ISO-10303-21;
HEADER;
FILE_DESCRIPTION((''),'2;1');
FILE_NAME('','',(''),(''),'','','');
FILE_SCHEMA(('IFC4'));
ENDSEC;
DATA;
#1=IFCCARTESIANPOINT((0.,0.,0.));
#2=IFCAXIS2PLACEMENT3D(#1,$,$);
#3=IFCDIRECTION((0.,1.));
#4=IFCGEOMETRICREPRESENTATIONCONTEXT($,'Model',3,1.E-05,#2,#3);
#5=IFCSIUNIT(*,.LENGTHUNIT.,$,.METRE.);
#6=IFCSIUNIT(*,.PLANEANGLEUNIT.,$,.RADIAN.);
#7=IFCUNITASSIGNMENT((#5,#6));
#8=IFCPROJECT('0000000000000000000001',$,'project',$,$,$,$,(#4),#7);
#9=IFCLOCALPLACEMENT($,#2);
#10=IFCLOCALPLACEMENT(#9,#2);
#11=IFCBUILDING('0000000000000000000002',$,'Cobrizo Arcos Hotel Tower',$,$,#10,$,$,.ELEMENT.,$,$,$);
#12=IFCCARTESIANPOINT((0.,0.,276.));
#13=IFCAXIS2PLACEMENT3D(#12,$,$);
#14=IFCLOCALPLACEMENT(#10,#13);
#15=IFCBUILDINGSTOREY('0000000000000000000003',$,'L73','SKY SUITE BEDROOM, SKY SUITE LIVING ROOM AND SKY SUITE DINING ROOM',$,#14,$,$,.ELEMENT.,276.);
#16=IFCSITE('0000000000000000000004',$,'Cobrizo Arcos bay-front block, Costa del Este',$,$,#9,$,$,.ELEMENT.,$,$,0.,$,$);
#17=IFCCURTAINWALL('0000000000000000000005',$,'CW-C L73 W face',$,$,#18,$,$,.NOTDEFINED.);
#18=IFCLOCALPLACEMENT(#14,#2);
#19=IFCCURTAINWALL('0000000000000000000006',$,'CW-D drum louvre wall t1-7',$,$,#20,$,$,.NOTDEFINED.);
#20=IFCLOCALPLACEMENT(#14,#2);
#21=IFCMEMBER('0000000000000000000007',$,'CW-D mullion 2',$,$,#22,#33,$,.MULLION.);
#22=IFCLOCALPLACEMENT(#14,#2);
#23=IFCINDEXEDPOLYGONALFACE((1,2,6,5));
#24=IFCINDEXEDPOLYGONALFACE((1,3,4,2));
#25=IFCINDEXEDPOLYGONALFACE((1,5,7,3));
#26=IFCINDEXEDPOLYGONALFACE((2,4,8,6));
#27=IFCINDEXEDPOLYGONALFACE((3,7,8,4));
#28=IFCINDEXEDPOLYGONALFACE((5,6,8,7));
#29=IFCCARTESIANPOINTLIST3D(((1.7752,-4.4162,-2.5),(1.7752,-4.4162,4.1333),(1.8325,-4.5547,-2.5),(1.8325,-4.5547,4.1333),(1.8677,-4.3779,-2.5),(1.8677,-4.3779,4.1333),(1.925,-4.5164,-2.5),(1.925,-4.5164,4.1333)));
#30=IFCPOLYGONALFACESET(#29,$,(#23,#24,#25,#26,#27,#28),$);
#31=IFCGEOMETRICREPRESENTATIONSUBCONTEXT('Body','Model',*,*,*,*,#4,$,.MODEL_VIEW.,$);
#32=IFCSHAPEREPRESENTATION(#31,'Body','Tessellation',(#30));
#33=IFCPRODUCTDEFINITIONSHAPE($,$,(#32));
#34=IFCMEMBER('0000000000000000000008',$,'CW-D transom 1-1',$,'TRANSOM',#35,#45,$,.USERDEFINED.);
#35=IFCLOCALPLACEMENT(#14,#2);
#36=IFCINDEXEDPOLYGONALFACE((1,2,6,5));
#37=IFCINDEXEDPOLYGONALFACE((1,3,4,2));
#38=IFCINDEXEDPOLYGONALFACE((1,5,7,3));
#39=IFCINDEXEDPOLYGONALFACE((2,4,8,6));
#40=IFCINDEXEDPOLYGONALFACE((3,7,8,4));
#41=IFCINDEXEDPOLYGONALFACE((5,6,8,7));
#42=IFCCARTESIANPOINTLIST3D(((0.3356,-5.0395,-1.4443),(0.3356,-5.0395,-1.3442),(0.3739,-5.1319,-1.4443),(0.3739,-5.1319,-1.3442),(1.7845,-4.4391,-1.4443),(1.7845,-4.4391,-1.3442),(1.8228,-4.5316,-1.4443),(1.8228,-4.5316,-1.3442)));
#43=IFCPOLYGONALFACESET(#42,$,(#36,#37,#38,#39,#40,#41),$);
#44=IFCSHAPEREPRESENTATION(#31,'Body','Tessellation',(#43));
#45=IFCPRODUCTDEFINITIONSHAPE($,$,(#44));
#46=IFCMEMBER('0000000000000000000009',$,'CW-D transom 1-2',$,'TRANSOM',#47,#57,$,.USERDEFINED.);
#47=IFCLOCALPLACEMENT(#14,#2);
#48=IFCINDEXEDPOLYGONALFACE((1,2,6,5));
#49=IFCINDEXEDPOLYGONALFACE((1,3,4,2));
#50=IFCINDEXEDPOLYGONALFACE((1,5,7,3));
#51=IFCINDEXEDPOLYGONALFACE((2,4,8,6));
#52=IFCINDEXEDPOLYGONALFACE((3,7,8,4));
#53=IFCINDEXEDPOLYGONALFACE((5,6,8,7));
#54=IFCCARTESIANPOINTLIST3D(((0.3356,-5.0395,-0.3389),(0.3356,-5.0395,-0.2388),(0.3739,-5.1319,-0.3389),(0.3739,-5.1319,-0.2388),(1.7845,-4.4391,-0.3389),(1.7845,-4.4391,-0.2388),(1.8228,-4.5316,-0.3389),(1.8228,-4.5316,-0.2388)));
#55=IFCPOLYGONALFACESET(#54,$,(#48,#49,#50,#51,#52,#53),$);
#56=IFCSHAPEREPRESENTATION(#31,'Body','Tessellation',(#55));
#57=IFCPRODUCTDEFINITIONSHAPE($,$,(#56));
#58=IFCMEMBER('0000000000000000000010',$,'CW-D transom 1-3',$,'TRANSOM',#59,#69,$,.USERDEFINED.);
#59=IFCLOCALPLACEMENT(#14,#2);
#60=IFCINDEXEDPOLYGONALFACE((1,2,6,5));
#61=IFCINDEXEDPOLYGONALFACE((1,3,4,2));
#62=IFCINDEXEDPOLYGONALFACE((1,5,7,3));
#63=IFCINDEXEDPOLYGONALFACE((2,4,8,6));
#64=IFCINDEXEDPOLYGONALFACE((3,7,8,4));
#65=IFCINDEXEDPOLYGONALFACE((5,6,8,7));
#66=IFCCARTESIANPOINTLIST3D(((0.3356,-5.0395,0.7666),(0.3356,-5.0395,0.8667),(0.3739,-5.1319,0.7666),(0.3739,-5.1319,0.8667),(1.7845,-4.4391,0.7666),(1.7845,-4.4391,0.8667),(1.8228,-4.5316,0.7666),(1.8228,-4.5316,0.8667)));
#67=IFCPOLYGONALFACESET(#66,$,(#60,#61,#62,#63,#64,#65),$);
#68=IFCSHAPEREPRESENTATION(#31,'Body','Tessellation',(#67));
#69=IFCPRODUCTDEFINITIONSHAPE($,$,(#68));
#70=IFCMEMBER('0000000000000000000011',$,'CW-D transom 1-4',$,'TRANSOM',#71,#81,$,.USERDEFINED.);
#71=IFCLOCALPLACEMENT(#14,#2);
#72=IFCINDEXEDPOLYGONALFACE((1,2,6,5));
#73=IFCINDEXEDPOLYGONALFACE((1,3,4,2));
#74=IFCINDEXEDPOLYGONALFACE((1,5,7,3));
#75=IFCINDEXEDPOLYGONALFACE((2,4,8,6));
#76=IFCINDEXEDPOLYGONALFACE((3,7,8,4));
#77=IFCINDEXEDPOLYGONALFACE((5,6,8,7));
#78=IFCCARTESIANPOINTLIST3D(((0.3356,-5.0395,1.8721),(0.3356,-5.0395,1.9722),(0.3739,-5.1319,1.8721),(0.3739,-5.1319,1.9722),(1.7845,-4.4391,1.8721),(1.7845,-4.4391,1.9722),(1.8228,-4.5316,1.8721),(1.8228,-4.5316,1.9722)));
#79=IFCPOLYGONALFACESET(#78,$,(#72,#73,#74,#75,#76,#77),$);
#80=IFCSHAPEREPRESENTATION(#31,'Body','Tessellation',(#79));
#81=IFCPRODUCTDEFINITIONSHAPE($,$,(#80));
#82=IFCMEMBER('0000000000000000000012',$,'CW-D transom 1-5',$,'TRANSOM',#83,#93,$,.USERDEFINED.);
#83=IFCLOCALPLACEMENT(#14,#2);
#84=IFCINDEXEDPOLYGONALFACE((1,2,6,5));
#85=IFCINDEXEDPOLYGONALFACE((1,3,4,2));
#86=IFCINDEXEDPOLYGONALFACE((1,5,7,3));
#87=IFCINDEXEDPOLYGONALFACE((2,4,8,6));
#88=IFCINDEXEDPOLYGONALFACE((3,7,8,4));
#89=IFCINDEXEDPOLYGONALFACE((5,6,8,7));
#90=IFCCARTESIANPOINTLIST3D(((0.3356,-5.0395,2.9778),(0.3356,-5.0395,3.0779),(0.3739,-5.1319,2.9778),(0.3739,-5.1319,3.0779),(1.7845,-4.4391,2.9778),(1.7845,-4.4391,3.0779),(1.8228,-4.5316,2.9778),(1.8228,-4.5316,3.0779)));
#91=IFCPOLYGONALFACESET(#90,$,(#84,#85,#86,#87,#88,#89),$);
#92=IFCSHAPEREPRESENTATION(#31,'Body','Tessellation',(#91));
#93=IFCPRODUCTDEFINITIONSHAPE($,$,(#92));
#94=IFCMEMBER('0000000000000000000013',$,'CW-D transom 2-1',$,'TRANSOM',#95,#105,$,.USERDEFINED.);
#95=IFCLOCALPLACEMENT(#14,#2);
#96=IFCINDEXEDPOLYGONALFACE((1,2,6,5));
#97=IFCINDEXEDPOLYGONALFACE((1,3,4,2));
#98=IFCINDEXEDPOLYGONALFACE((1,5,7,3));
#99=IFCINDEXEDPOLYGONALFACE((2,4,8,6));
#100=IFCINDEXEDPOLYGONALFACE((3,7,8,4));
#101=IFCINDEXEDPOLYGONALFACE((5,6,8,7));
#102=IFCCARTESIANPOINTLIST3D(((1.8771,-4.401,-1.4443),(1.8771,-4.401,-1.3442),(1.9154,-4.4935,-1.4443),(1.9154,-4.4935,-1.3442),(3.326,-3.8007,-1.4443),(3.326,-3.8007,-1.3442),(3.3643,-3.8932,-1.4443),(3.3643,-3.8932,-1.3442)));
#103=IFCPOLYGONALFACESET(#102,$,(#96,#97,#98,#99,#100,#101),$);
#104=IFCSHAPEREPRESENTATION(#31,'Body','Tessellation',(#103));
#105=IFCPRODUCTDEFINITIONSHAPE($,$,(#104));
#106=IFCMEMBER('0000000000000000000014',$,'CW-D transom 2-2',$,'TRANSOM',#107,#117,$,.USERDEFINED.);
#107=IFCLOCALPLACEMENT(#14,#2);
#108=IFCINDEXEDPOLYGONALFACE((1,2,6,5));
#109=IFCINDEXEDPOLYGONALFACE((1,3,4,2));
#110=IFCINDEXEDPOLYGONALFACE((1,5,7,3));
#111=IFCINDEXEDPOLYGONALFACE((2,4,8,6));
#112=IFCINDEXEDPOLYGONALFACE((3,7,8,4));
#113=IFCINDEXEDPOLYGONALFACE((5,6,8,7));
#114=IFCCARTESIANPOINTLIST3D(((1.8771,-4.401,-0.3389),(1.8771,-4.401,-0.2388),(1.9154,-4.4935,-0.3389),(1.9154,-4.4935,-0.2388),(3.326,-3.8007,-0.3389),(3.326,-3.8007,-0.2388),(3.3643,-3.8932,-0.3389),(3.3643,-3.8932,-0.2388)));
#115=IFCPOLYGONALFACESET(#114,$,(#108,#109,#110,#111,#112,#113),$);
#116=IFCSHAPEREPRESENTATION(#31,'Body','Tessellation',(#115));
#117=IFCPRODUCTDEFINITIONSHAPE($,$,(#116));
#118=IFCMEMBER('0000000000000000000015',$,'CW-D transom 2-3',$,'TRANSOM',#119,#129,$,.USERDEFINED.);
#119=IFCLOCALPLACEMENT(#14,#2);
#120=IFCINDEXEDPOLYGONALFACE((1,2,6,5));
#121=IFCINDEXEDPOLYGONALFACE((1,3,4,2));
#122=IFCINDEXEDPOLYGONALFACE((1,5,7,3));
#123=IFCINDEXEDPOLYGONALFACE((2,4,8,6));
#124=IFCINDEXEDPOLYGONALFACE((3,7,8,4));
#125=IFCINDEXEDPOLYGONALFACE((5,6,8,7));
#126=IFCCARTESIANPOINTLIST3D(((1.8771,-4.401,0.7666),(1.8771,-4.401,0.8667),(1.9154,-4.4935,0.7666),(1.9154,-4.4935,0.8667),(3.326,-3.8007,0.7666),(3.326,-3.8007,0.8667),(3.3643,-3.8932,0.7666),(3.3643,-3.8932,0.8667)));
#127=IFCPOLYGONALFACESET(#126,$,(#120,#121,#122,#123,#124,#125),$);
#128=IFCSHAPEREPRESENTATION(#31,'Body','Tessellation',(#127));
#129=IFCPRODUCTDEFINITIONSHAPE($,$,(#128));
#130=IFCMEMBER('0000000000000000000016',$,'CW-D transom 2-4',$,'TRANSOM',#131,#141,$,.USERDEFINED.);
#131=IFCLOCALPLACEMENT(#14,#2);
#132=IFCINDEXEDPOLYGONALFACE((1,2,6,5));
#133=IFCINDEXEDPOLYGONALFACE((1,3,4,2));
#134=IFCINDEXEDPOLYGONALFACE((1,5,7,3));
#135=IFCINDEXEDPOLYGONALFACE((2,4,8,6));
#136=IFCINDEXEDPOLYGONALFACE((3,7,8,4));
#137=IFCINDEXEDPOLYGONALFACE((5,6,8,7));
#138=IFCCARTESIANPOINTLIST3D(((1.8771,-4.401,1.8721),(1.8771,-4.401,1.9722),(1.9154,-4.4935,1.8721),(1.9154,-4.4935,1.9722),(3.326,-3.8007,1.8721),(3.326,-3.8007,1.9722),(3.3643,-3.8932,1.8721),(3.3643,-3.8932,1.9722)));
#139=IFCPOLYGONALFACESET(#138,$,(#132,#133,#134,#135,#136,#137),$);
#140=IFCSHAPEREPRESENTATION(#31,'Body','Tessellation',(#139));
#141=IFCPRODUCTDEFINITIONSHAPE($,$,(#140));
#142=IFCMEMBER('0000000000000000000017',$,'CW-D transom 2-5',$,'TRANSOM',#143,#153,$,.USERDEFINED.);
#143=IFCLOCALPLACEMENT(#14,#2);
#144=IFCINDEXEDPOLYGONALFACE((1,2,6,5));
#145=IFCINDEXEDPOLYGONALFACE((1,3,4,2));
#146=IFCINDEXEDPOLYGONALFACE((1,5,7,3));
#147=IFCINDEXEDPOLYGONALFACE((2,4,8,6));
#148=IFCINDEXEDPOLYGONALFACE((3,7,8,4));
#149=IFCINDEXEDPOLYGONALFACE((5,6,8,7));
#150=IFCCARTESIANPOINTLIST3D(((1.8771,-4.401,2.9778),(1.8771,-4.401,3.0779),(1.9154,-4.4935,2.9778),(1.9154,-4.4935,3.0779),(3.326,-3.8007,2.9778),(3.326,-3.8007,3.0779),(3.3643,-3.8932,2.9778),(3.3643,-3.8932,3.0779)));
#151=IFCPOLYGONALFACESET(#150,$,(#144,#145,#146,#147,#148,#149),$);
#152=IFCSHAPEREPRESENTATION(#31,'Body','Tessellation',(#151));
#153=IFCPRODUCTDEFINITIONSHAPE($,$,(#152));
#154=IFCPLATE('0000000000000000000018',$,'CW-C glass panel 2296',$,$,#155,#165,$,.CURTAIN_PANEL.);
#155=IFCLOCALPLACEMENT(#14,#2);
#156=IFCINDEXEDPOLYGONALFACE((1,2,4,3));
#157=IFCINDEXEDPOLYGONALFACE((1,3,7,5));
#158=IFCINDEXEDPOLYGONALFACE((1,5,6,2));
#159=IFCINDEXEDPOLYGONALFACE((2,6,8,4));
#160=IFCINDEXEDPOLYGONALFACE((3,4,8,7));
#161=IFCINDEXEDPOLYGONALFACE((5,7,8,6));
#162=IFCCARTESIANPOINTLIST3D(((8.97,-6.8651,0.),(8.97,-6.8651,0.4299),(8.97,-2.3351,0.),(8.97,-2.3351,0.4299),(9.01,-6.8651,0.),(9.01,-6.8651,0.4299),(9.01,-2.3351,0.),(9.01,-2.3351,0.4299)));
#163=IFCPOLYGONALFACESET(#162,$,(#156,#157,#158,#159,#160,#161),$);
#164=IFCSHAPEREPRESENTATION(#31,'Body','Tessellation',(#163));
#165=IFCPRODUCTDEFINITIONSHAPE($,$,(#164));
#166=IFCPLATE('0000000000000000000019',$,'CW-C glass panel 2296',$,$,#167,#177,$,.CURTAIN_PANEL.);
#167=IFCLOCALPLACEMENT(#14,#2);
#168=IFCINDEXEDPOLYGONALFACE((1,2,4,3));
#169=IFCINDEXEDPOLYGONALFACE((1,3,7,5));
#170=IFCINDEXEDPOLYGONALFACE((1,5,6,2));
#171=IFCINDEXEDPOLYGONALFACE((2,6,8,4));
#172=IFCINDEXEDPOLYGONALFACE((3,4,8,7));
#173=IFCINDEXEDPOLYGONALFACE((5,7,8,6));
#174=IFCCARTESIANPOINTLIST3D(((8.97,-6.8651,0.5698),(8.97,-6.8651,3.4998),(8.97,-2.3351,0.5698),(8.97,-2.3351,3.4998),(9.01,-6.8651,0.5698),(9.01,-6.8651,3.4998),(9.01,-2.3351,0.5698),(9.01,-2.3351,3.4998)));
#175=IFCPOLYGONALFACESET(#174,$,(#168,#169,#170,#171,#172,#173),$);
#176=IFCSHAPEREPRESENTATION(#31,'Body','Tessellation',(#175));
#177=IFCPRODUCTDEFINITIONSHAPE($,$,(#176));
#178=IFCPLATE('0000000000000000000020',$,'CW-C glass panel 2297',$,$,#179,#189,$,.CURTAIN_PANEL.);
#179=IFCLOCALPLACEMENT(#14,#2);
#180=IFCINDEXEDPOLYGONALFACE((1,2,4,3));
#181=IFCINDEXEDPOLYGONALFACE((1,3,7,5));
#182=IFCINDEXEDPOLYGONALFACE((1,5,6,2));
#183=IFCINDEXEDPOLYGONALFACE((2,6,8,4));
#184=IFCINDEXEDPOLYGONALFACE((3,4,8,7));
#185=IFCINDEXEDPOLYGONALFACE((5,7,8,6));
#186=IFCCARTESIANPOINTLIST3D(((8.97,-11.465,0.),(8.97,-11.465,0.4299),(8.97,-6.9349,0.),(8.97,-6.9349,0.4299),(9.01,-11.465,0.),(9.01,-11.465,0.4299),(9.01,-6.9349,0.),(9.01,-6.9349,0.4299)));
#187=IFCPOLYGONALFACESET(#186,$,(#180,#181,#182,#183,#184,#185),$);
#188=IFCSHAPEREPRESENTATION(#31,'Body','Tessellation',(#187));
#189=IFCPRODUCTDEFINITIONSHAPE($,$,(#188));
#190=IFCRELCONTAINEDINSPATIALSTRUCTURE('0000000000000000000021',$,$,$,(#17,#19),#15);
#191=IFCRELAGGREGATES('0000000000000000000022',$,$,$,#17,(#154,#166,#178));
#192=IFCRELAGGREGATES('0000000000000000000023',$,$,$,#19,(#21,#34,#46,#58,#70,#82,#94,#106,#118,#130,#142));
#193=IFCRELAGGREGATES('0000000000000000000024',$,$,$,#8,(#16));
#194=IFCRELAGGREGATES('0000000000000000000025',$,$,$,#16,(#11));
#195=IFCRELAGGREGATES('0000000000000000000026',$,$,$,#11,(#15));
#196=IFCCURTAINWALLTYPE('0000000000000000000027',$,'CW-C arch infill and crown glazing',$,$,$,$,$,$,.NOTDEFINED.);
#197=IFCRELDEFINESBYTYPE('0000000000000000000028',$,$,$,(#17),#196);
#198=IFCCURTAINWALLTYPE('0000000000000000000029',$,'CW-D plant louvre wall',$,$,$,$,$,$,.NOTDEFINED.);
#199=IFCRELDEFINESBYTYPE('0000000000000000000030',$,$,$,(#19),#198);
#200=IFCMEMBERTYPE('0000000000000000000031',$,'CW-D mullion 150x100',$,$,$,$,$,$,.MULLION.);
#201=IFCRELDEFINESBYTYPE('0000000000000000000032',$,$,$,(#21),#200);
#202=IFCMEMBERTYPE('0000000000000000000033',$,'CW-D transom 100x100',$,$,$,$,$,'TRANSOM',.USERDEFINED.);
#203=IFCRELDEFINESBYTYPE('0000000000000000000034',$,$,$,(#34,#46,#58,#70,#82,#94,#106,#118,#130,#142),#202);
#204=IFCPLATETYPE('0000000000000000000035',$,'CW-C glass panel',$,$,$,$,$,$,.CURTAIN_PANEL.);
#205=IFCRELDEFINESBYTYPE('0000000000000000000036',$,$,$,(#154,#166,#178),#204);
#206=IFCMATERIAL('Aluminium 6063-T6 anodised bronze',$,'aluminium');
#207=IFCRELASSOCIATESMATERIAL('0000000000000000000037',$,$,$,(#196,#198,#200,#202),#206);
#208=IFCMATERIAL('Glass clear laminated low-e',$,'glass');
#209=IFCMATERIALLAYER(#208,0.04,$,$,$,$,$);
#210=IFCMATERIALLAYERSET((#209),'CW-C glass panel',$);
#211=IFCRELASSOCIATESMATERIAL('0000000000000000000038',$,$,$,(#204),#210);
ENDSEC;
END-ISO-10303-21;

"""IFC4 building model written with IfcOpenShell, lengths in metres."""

from ifc_helpers import new_model, si_unit, direction, frame, origin, origin_2d, place, context, subcontext, project, spatial, rectangle, extrude, material, layer, layer_set, material_profile, profile_set, type_object, element, aggregate, save


model = new_model("IFC4")

# Units and contexts
model_context = context("Model", 3, precision=1e-05, world=origin(), true_north=direction((0.0, 1.0)))
body_context = subcontext(model_context, "Body", "Model", "MODEL_VIEW")
ifc_project = project(units=[si_unit("LENGTHUNIT", "METRE"), si_unit("PLANEANGLEUNIT", "RADIAN")], contexts=[model_context])

# Site, building, storey
site_placement = place(None, origin())
site = spatial("IfcSite", under=ifc_project, at=site_placement, Name="Cobrizo Arcos bay-front block, Costa del Este", CompositionType="ELEMENT", RefElevation=0.0)
building_placement = place(site_placement, origin())
building = spatial("IfcBuilding", under=site, at=building_placement, Name="Cobrizo Arcos Hotel Tower", CompositionType="ELEMENT")
storey_placement = place(building_placement, frame((0.0, 0.0, 276.0)))
storey = spatial("IfcBuildingStorey", under=building, at=storey_placement, Name="L73", Description="SKY SUITE BEDROOM, SKY SUITE LIVING ROOM AND SKY SUITE DINING ROOM", CompositionType="ELEMENT", Elevation=276.0)

# Shared definitions
ifc_material_1 = material(Name="Aluminium 6063-T6 anodised bronze", Category="aluminium")

# Curtain walls, members
curtain_wall_type_1 = type_object("IfcCurtainWallType", Name="CW-C arch infill and crown glazing", PredefinedType="NOTDEFINED", material=ifc_material_1)
curtain_wall_1_placement = place(storey_placement, origin())
curtain_wall_1 = element("IfcCurtainWall", 1, at=curtain_wall_1_placement, inside=storey, type_object=curtain_wall_type_1, Name="CW-C L73 W face", PredefinedType="NOTDEFINED")
curtain_wall_type_2 = type_object("IfcCurtainWallType", Name="CW-D plant louvre wall", PredefinedType="NOTDEFINED", material=ifc_material_1)
curtain_wall_2_placement = place(storey_placement, origin())
curtain_wall_2 = element("IfcCurtainWall", 2, at=curtain_wall_2_placement, inside=storey, type_object=curtain_wall_type_2, Name="CW-D drum louvre wall t1-7", PredefinedType="NOTDEFINED")
ifc_material_profile_1 = material_profile(ifc_material_1, rectangle(XDim=0.1499, YDim=0.1001, at=origin_2d()), Name="CW-D mullion 150x100")
ifc_profile_set_1 = profile_set([ifc_material_profile_1], Name="Aluminium 6063-T6 anodised bronze")
member_type_1 = type_object("IfcMemberType", Name="CW-D mullion 150x100", PredefinedType="MULLION", material=ifc_profile_set_1)
member_1_placement = place(storey_placement, frame((1.8501, -4.4663, -2.5), z_axis=(0.0, 0.0, 1.0), x_axis=(0.382683, -0.92388, 0.0)))
member_1 = element("IfcMember", 3, at=member_1_placement, type_object=member_type_1, Name="CW-D mullion 2", PredefinedType="MULLION", context=body_context, shape_type="SweptSolid", body=[
    extrude(rectangle(XDim=0.1499, YDim=0.1001, at=origin_2d()), origin(), (0.0, 0.0, 1.0), 6.6333),
])
ifc_material_profile_2 = material_profile(ifc_material_1, rectangle(XDim=0.1001, YDim=0.1001, at=origin_2d()), Name="CW-D transom 100x100")
ifc_profile_set_2 = profile_set([ifc_material_profile_2], Name="Aluminium 6063-T6 anodised bronze")
member_type_2 = type_object("IfcMemberType", Name="CW-D transom 100x100", ElementType="TRANSOM", PredefinedType="USERDEFINED", material=ifc_profile_set_2)
member_2_placement = place(storey_placement, frame((0.3547, -5.0857, -1.3943), z_axis=(0.923844, 0.382769, 0.0), x_axis=(-0.382769, 0.923844, 0.0)))
member_2 = element("IfcMember", 4, at=member_2_placement, type_object=member_type_2, Name="CW-D transom 1-1", ObjectType="TRANSOM", PredefinedType="USERDEFINED", context=body_context, shape_type="SweptSolid", body=[
    extrude(rectangle(XDim=0.1001, YDim=0.1001, at=origin_2d()), origin(), (0.0, 0.0, 1.0), 1.5684),
])
member_3_placement = place(storey_placement, frame((0.3547, -5.0857, -0.2888), z_axis=(0.923844, 0.382769, 0.0), x_axis=(-0.382769, 0.923844, 0.0)))
member_3 = element("IfcMember", 5, at=member_3_placement, type_object=member_type_2, Name="CW-D transom 1-2", ObjectType="TRANSOM", PredefinedType="USERDEFINED", context=body_context, shape_type="SweptSolid", body=[
    extrude(rectangle(XDim=0.1001, YDim=0.1001, at=origin_2d()), origin(), (0.0, 0.0, 1.0), 1.5684),
])
member_4_placement = place(storey_placement, frame((0.3547, -5.0857, 0.8167), z_axis=(0.923844, 0.382769, 0.0), x_axis=(-0.382769, 0.923844, 0.0)))
member_4 = element("IfcMember", 6, at=member_4_placement, type_object=member_type_2, Name="CW-D transom 1-3", ObjectType="TRANSOM", PredefinedType="USERDEFINED", context=body_context, shape_type="SweptSolid", body=[
    extrude(rectangle(XDim=0.1001, YDim=0.1001, at=origin_2d()), origin(), (0.0, 0.0, 1.0), 1.5684),
])
member_5_placement = place(storey_placement, frame((0.3547, -5.0857, 1.9221), z_axis=(0.923844, 0.382769, 0.0), x_axis=(-0.382769, 0.923844, 0.0)))
member_5 = element("IfcMember", 7, at=member_5_placement, type_object=member_type_2, Name="CW-D transom 1-4", ObjectType="TRANSOM", PredefinedType="USERDEFINED", context=body_context, shape_type="SweptSolid", body=[
    extrude(rectangle(XDim=0.1001, YDim=0.1001, at=origin_2d()), origin(), (0.0, 0.0, 1.0), 1.5684),
])
member_6_placement = place(storey_placement, frame((0.3547, -5.0857, 3.0278), z_axis=(0.923844, 0.382769, 0.0), x_axis=(-0.382769, 0.923844, 0.0)))
member_6 = element("IfcMember", 8, at=member_6_placement, type_object=member_type_2, Name="CW-D transom 1-5", ObjectType="TRANSOM", PredefinedType="USERDEFINED", context=body_context, shape_type="SweptSolid", body=[
    extrude(rectangle(XDim=0.1001, YDim=0.1001, at=origin_2d()), origin(), (0.0, 0.0, 1.0), 1.5684),
])
member_7_placement = place(storey_placement, frame((1.8962, -4.4473, -1.3943), z_axis=(0.923844, 0.382769, 0.0), x_axis=(-0.382769, 0.923844, 0.0)))
member_7 = element("IfcMember", 9, at=member_7_placement, type_object=member_type_2, Name="CW-D transom 2-1", ObjectType="TRANSOM", PredefinedType="USERDEFINED", context=body_context, shape_type="SweptSolid", body=[
    extrude(rectangle(XDim=0.1001, YDim=0.1001, at=origin_2d()), origin(), (0.0, 0.0, 1.0), 1.5684),
])
member_8_placement = place(storey_placement, frame((1.8962, -4.4473, -0.2888), z_axis=(0.923844, 0.382769, 0.0), x_axis=(-0.382769, 0.923844, 0.0)))
member_8 = element("IfcMember", 10, at=member_8_placement, type_object=member_type_2, Name="CW-D transom 2-2", ObjectType="TRANSOM", PredefinedType="USERDEFINED", context=body_context, shape_type="SweptSolid", body=[
    extrude(rectangle(XDim=0.1001, YDim=0.1001, at=origin_2d()), origin(), (0.0, 0.0, 1.0), 1.5684),
])
member_9_placement = place(storey_placement, frame((1.8962, -4.4473, 0.8167), z_axis=(0.923844, 0.382769, 0.0), x_axis=(-0.382769, 0.923844, 0.0)))
member_9 = element("IfcMember", 11, at=member_9_placement, type_object=member_type_2, Name="CW-D transom 2-3", ObjectType="TRANSOM", PredefinedType="USERDEFINED", context=body_context, shape_type="SweptSolid", body=[
    extrude(rectangle(XDim=0.1001, YDim=0.1001, at=origin_2d()), origin(), (0.0, 0.0, 1.0), 1.5684),
])
member_10_placement = place(storey_placement, frame((1.8962, -4.4473, 1.9221), z_axis=(0.923844, 0.382769, 0.0), x_axis=(-0.382769, 0.923844, 0.0)))
member_10 = element("IfcMember", 12, at=member_10_placement, type_object=member_type_2, Name="CW-D transom 2-4", ObjectType="TRANSOM", PredefinedType="USERDEFINED", context=body_context, shape_type="SweptSolid", body=[
    extrude(rectangle(XDim=0.1001, YDim=0.1001, at=origin_2d()), origin(), (0.0, 0.0, 1.0), 1.5684),
])
member_11_placement = place(storey_placement, frame((1.8962, -4.4473, 3.0278), z_axis=(0.923844, 0.382769, 0.0), x_axis=(-0.382769, 0.923844, 0.0)))
member_11 = element("IfcMember", 13, at=member_11_placement, type_object=member_type_2, Name="CW-D transom 2-5", ObjectType="TRANSOM", PredefinedType="USERDEFINED", context=body_context, shape_type="SweptSolid", body=[
    extrude(rectangle(XDim=0.1001, YDim=0.1001, at=origin_2d()), origin(), (0.0, 0.0, 1.0), 1.5684),
])

# Plates
ifc_material_2 = material(Name="Glass clear laminated low-e", Category="glass")
ifc_layer_1 = layer(ifc_material_2, 0.04)
ifc_layer_set_1 = layer_set([ifc_layer_1], Name="CW-C glass panel")
plate_type_1 = type_object("IfcPlateType", Name="CW-C glass panel", PredefinedType="CURTAIN_PANEL", material=ifc_layer_set_1)
plate_1_placement = place(storey_placement, frame((8.99, -4.6001, 0.0), z_axis=(0.0, 0.0, 1.0), x_axis=(0.0, -1.0, 0.0)))
plate_1 = element("IfcPlate", 14, at=plate_1_placement, type_object=plate_type_1, Name="CW-C glass panel 2296", PredefinedType="CURTAIN_PANEL", context=body_context, shape_type="SweptSolid", body=[
    extrude(rectangle(XDim=4.53, YDim=0.04, at=origin_2d()), origin(), (0.0, 0.0, 1.0), 0.4299),
])
plate_2_placement = place(storey_placement, frame((8.99, -4.6001, 0.5698), z_axis=(0.0, 0.0, 1.0), x_axis=(0.0, -1.0, 0.0)))
plate_2 = element("IfcPlate", 15, at=plate_2_placement, type_object=plate_type_1, Name="CW-C glass panel 2296", PredefinedType="CURTAIN_PANEL", context=body_context, shape_type="SweptSolid", body=[
    extrude(rectangle(XDim=4.53, YDim=0.04, at=origin_2d()), origin(), (0.0, 0.0, 1.0), 2.9299),
])
plate_3_placement = place(storey_placement, frame((8.99, -9.2, 0.0), z_axis=(0.0, 0.0, 1.0), x_axis=(0.0, -1.0, 0.0)))
plate_3 = element("IfcPlate", 16, at=plate_3_placement, type_object=plate_type_1, Name="CW-C glass panel 2297", PredefinedType="CURTAIN_PANEL", context=body_context, shape_type="SweptSolid", body=[
    extrude(rectangle(XDim=4.53, YDim=0.04, at=origin_2d()), origin(), (0.0, 0.0, 1.0), 0.4299),
])
aggregate(curtain_wall_1, [plate_1, plate_2, plate_3])
aggregate(curtain_wall_2, [member_1, member_2, member_3, member_4, member_5, member_6, member_7, member_8, member_9, member_10, member_11])

save(model, "model.ifc")
